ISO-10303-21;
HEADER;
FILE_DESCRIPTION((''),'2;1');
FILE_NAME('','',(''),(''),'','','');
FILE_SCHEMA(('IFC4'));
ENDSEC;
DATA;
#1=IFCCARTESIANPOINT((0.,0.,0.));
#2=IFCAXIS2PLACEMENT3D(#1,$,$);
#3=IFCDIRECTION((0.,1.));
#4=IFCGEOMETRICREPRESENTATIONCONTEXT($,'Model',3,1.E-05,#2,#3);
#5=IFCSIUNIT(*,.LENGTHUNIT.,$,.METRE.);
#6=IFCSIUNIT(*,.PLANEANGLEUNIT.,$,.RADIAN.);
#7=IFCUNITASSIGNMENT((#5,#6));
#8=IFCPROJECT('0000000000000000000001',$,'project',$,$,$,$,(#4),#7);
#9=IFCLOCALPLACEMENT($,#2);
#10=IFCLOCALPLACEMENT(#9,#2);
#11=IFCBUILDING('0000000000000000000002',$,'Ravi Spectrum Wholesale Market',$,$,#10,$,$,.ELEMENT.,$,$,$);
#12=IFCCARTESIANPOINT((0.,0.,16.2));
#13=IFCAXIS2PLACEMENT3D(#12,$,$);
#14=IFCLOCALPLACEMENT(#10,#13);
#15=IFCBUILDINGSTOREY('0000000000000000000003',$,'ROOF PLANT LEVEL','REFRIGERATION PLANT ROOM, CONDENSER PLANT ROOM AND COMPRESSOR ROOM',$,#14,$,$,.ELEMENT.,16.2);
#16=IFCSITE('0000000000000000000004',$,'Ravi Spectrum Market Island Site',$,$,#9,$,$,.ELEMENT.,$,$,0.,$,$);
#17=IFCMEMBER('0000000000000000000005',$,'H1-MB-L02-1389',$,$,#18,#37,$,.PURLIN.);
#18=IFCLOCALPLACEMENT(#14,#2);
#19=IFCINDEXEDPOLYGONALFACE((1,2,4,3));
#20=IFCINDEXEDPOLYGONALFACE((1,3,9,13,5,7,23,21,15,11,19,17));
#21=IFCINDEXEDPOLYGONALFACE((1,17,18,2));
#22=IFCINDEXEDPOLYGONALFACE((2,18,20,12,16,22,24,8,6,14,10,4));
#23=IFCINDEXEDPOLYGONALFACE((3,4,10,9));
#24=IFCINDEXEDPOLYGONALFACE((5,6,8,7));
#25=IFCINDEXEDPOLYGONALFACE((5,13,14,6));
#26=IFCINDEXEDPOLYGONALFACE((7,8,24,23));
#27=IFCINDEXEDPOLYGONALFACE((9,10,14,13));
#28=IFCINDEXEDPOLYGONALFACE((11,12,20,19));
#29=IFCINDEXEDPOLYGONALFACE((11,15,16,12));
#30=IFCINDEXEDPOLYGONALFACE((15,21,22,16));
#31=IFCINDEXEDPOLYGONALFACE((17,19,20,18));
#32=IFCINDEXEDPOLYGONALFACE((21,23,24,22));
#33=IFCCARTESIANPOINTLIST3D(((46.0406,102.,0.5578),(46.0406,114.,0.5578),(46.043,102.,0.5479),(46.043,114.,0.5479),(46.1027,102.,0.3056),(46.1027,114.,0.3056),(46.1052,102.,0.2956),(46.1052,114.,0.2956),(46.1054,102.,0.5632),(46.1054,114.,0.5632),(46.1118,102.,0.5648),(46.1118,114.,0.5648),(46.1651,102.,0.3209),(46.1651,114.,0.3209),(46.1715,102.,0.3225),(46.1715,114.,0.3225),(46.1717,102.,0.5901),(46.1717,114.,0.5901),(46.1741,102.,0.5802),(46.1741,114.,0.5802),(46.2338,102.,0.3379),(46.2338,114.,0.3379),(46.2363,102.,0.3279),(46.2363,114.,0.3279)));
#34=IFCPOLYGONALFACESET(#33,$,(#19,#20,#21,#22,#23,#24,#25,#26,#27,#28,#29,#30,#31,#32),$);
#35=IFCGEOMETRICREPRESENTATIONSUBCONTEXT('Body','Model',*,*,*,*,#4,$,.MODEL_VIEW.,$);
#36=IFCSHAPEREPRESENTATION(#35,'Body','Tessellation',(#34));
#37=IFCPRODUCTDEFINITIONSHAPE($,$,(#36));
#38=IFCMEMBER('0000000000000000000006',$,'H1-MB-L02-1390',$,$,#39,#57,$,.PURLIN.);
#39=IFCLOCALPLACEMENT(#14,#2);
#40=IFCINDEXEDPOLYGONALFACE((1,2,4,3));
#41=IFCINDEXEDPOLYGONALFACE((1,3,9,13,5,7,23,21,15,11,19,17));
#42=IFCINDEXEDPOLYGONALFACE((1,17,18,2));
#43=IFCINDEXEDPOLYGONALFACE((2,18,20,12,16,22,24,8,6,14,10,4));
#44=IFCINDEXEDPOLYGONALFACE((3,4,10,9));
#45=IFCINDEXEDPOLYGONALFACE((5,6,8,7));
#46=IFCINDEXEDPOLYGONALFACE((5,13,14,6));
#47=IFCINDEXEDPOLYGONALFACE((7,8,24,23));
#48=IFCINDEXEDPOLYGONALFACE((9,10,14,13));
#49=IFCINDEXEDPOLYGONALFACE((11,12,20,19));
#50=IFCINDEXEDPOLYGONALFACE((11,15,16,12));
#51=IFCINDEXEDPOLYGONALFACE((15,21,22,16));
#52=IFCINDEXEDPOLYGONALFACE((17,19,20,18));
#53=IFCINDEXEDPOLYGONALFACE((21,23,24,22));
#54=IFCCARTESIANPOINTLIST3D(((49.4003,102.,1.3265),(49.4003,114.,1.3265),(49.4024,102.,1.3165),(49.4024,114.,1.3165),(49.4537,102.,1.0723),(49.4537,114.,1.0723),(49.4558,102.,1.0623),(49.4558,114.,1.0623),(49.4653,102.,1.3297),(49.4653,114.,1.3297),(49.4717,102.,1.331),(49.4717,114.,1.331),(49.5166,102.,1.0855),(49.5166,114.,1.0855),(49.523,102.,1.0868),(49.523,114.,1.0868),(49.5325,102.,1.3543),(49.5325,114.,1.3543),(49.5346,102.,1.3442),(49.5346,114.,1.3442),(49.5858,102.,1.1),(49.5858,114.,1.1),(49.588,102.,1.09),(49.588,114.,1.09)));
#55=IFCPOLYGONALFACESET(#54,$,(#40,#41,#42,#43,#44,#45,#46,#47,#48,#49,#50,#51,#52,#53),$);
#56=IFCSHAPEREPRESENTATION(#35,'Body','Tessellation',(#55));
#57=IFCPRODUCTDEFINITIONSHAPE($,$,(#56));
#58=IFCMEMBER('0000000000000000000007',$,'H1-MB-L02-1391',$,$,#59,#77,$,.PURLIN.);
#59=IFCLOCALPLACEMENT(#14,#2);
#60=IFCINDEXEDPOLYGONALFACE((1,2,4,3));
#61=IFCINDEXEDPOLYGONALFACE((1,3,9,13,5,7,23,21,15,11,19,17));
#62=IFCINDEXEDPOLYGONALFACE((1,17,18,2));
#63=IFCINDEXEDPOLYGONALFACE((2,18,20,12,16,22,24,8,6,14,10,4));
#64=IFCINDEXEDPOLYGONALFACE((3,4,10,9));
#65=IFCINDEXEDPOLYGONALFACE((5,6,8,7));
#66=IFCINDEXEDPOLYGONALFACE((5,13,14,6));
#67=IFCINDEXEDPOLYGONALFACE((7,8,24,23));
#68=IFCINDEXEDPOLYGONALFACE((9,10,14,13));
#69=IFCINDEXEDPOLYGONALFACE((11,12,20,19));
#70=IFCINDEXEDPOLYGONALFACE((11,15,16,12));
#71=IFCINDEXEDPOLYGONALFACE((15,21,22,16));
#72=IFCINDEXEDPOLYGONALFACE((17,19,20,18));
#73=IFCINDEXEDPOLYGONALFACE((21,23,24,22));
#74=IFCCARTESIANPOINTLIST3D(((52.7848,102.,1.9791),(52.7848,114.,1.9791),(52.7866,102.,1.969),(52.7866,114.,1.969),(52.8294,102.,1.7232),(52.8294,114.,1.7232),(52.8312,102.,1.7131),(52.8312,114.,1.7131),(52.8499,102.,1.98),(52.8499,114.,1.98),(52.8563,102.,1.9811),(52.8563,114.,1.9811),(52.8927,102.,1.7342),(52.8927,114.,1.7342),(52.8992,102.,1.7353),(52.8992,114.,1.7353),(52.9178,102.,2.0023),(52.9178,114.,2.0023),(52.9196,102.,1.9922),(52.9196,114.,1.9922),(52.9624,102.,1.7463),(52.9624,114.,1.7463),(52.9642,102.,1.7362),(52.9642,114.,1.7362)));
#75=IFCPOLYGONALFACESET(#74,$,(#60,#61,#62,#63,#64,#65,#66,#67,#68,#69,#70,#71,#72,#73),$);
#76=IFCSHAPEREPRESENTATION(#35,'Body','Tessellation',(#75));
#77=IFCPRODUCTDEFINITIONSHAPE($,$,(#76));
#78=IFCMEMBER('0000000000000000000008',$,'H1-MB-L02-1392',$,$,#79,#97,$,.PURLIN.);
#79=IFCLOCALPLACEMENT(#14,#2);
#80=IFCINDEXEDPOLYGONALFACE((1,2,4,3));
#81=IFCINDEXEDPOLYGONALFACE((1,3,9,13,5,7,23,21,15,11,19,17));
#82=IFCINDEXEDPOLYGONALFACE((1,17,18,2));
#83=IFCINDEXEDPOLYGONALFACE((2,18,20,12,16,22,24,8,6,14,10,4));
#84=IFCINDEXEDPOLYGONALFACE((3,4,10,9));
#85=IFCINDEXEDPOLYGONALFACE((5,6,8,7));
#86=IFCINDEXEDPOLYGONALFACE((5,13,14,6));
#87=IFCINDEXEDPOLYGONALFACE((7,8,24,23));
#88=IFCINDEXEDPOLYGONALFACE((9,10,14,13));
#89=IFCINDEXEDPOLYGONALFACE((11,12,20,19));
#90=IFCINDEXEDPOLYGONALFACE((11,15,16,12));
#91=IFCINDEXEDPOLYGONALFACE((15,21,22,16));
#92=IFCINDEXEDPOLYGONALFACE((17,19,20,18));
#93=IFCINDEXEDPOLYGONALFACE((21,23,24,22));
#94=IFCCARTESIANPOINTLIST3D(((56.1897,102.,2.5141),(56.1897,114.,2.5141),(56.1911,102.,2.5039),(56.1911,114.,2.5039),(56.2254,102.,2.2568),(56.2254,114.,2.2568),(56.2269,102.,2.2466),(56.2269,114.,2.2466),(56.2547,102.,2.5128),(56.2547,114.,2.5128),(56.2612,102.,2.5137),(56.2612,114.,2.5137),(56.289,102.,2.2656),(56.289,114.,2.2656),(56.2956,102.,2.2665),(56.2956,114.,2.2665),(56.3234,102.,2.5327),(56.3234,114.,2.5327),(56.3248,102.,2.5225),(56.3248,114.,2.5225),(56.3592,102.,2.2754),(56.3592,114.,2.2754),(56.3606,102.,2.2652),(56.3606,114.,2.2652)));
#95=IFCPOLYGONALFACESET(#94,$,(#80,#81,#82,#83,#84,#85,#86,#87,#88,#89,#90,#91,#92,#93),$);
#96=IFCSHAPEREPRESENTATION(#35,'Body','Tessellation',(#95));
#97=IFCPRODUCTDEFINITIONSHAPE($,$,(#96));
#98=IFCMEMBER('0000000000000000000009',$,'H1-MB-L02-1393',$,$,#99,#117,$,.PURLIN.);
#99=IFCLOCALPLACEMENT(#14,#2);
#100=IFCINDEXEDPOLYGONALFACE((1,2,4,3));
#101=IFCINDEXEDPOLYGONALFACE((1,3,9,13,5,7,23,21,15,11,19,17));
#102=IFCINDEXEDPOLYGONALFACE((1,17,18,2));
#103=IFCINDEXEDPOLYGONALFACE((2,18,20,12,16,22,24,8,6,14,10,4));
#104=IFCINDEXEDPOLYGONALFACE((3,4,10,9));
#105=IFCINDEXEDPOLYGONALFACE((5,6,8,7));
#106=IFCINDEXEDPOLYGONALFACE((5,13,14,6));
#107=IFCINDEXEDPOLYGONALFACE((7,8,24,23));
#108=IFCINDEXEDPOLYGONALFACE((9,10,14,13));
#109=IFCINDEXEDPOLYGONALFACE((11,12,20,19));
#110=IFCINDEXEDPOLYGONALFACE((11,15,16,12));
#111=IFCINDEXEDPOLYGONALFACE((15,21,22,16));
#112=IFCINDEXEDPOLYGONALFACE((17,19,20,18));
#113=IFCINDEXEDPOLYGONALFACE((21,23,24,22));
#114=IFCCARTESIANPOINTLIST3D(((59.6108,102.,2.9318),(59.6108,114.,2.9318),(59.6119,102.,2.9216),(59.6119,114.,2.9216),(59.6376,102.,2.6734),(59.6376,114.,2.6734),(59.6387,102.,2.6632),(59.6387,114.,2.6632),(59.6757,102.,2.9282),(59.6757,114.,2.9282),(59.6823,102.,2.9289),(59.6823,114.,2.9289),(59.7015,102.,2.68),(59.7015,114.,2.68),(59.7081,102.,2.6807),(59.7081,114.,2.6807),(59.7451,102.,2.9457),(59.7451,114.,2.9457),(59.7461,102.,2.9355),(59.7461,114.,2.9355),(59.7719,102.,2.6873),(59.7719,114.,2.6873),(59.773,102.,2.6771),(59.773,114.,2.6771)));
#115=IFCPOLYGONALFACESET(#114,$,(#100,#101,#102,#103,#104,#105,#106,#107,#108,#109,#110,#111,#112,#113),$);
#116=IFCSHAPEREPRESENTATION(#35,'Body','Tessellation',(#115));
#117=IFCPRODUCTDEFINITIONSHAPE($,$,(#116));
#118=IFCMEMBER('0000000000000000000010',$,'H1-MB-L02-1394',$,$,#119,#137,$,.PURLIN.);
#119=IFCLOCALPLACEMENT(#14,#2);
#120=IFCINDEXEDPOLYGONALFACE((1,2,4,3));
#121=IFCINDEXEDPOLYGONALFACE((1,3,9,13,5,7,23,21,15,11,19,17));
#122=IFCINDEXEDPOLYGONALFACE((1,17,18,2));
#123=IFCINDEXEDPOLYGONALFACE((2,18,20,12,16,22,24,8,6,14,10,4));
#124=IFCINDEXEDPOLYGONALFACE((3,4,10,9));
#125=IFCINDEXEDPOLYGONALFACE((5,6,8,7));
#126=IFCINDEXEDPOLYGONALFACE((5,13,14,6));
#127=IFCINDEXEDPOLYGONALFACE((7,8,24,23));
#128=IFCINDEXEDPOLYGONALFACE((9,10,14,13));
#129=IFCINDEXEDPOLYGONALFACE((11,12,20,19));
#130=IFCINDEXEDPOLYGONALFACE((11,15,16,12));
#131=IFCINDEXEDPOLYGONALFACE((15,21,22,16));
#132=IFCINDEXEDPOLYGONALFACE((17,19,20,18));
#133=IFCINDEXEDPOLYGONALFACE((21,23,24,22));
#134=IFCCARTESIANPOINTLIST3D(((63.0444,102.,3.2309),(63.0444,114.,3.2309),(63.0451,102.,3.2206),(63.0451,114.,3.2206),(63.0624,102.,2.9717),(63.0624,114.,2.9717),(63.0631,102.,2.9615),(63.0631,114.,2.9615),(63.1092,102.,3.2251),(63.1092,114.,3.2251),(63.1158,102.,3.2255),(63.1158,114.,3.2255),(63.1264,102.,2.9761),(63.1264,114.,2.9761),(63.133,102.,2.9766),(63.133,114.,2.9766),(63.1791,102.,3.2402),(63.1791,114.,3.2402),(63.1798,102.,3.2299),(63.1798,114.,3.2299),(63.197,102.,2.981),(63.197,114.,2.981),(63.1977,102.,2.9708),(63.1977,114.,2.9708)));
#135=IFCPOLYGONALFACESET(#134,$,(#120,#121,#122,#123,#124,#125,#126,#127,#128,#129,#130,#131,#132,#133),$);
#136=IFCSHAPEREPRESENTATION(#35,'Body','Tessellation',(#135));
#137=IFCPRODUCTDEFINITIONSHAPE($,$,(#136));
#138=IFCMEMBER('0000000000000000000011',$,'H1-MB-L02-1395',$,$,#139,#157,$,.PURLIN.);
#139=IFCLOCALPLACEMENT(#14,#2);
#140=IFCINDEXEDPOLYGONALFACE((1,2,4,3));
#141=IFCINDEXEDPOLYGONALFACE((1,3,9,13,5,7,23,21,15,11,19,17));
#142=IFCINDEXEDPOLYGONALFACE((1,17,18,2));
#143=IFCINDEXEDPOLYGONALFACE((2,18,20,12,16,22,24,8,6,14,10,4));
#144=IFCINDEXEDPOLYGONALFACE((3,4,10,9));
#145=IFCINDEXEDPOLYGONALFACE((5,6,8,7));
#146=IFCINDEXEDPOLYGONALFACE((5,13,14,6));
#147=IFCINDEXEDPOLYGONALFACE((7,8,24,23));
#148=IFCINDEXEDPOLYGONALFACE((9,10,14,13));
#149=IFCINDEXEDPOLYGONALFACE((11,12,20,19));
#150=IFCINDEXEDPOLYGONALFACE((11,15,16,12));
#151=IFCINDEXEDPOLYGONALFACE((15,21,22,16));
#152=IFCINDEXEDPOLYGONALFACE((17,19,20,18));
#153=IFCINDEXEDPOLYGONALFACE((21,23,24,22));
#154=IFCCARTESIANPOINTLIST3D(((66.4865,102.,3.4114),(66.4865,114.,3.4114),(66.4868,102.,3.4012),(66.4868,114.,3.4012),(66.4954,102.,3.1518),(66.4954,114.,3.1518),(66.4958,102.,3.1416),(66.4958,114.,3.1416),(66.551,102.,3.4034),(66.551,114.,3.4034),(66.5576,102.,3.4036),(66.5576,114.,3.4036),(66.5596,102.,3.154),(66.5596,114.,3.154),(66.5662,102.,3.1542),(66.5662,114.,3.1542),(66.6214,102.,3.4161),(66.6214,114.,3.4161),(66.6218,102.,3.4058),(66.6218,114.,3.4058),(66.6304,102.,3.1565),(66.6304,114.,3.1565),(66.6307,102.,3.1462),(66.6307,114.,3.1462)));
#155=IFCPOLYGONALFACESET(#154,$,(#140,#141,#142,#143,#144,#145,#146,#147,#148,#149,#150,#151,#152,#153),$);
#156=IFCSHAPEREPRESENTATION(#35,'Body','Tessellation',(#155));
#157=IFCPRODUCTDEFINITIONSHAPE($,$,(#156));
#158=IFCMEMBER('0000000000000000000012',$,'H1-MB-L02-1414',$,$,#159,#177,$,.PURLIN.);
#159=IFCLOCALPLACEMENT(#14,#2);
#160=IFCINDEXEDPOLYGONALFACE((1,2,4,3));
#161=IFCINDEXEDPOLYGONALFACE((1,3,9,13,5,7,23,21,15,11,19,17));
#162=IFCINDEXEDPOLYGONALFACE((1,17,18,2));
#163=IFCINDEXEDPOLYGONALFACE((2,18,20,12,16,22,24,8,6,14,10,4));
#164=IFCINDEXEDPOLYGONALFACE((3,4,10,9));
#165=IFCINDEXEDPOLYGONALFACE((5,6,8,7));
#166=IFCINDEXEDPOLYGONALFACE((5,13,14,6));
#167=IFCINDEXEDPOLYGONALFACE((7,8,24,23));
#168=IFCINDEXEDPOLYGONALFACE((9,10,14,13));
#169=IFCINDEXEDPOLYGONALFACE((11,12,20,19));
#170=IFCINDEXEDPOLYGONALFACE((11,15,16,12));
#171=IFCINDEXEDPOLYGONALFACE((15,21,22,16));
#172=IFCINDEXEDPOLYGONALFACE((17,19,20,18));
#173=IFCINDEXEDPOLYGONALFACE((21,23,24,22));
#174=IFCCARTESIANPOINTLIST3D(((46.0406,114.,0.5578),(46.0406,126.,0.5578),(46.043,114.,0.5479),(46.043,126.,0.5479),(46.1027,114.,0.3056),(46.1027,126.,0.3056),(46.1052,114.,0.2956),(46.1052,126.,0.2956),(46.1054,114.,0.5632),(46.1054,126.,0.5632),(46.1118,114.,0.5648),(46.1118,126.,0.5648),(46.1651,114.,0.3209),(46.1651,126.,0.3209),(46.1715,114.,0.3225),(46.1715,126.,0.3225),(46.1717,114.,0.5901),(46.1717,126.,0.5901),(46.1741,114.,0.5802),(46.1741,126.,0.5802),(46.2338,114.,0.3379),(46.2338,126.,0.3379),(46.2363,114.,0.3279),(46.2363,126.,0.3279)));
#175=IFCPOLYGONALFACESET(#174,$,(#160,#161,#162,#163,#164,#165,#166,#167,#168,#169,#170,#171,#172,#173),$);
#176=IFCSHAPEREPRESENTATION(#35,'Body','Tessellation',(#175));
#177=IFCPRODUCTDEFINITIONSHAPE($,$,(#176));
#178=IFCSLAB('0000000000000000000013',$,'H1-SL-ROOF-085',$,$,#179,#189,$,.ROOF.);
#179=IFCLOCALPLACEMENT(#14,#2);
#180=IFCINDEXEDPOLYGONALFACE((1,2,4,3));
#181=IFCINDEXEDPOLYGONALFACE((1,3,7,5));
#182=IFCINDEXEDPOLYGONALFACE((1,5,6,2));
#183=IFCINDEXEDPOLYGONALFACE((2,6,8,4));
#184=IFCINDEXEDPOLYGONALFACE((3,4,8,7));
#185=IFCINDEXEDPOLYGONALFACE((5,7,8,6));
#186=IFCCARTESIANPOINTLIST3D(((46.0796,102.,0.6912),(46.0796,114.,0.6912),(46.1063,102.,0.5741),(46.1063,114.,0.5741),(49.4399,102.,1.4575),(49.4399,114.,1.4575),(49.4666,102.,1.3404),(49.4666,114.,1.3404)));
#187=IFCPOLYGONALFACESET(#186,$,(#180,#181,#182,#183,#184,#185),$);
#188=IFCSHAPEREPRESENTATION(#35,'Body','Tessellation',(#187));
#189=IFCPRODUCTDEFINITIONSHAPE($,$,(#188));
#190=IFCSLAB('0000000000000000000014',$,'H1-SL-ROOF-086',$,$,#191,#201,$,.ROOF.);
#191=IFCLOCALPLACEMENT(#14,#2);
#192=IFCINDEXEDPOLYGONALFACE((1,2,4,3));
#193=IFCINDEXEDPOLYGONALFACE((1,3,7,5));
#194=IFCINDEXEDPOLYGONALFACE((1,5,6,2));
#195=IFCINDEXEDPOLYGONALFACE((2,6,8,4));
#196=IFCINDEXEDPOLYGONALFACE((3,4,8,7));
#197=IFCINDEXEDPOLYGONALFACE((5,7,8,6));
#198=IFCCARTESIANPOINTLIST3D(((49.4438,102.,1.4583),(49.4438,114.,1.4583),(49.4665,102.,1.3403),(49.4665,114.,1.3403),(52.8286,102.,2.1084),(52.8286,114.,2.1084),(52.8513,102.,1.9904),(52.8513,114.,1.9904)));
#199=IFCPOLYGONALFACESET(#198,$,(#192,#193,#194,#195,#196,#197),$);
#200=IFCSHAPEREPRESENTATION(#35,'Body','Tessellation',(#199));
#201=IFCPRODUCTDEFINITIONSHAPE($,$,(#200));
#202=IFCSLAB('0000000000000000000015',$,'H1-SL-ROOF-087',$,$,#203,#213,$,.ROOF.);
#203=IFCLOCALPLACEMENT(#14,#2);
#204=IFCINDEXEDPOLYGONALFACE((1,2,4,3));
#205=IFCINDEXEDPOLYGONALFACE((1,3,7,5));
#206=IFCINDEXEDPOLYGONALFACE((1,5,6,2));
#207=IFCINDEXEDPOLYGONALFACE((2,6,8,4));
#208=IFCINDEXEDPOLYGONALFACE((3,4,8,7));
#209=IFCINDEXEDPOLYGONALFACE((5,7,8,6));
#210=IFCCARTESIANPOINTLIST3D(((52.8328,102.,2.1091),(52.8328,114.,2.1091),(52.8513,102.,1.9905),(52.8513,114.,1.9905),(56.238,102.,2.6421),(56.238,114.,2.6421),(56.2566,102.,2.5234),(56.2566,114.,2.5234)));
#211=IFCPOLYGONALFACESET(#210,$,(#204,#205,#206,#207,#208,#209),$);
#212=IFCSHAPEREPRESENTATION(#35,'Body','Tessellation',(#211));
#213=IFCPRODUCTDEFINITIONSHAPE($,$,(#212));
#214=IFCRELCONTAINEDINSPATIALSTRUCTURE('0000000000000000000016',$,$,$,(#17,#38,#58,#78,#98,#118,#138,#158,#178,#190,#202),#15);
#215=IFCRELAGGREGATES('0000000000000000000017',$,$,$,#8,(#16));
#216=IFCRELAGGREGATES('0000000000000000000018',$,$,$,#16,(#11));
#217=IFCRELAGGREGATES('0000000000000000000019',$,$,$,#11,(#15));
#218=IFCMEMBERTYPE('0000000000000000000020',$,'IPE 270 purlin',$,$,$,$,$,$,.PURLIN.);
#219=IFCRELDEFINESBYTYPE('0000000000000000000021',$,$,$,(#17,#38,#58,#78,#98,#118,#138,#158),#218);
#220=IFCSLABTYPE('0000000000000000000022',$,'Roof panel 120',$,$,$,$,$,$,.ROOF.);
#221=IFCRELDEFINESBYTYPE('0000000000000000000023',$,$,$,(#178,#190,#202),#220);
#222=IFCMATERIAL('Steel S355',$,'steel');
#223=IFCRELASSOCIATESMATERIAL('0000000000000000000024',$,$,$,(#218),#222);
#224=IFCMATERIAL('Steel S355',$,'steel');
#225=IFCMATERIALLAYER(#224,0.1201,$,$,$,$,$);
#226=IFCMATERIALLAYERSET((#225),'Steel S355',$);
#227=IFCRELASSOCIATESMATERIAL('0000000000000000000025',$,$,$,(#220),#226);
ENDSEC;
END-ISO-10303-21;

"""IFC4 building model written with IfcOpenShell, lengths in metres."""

from ifc_helpers import new_model, si_unit, direction, frame, origin, origin_2d, place, context, subcontext, project, spatial, polyline, i_section, outline, extrude, material, layer, layer_set, material_profile, profile_set, type_object, element, save


model = new_model("IFC4")

# Units and contexts
model_context = context("Model", 3, precision=1e-05, world=origin(), true_north=direction((0.0, 1.0)))
body_context = subcontext(model_context, "Body", "Model", "MODEL_VIEW")
ifc_project = project(units=[si_unit("LENGTHUNIT", "METRE"), si_unit("PLANEANGLEUNIT", "RADIAN")], contexts=[model_context])

# Site, building, storey
site_placement = place(None, origin())
site = spatial("IfcSite", under=ifc_project, at=site_placement, Name="Ravi Spectrum Market Island Site", CompositionType="ELEMENT", RefElevation=0.0)
building_placement = place(site_placement, origin())
building = spatial("IfcBuilding", under=site, at=building_placement, Name="Ravi Spectrum Wholesale Market", CompositionType="ELEMENT")
storey_placement = place(building_placement, frame((0.0, 0.0, 16.2)))
storey = spatial("IfcBuildingStorey", under=building, at=storey_placement, Name="ROOF PLANT LEVEL", Description="REFRIGERATION PLANT ROOM, CONDENSER PLANT ROOM AND COMPRESSOR ROOM", CompositionType="ELEMENT", Elevation=16.2)

# Members
ifc_material_1 = material(Name="Steel S355", Category="steel")
ifc_material_profile_1 = material_profile(ifc_material_1, i_section(OverallWidth=0.135, OverallDepth=0.27, WebThickness=0.0066, FlangeThickness=0.0103, at=origin_2d()))
ifc_profile_set_1 = profile_set([ifc_material_profile_1], Name="Steel S355")
member_type_1 = type_object("IfcMemberType", Name="IPE 270 purlin", PredefinedType="PURLIN", material=ifc_profile_set_1)
for number, where, z_axis, x_axis, name in (
    (1, (46.1384, 102.0, 0.4429), (0.0, 1.0, 0.0), (-0.970983, 0.0, -0.239151), "H1-MB-L02-1389"),
    (2, (49.4941, 102.0, 1.2083), (0.0, 1.0, 0.0), (-0.978653, 0.0, -0.205517), "H1-MB-L02-1390"),
    (3, (52.8745, 102.0, 1.8577), (0.0, 1.0, 0.0), (-0.98516, 0.0, -0.171639), "H1-MB-L02-1391"),
    (4, (56.2751, 102.0, 2.3896), (0.0, 1.0, 0.0), (-0.990494, 0.0, -0.137557), "H1-MB-L02-1392"),
    (5, (59.6919, 102.0, 2.8044), (0.0, 1.0, 0.0), (-0.994649, 0.0, -0.103311), "H1-MB-L02-1393"),
    (6, (63.1211, 102.0, 3.1008), (0.0, 1.0, 0.0), (-0.997621, 0.0, -0.068943), "H1-MB-L02-1394"),
    (7, (66.5586, 102.0, 3.2788), (0.0, 1.0, 0.0), (-0.999405, 0.0, -0.034492), "H1-MB-L02-1395"),
    (8, (46.1384, 114.0, 0.4429), (0.0, 1.0, 0.0), (-0.970983, 0.0, -0.239151), "H1-MB-L02-1414"),
):
    element("IfcMember", number, at=place(storey_placement, frame(where, z_axis=z_axis, x_axis=x_axis)), inside=storey, type_object=member_type_1, Name=name, PredefinedType="PURLIN", context=body_context, shape_type="SweptSolid", body=[
        extrude(i_section(OverallWidth=0.135, OverallDepth=0.27, WebThickness=0.0066, FlangeThickness=0.0103, at=origin_2d()), origin(), (0.0, 0.0, 1.0), 12.0),
    ])

# Slabs
ifc_material_2 = material(Name="Steel S355", Category="steel")
ifc_layer_1 = layer(ifc_material_2, 0.1201)
ifc_layer_set_1 = layer_set([ifc_layer_1], Name="Steel S355")
slab_type = type_object("IfcSlabType", Name="Roof panel 120", PredefinedType="ROOF", material=ifc_layer_set_1)
slab_1_placement = place(storey_placement, frame((46.0796, 102.0, 0.6912), z_axis=(-0.22235, 0.0, 0.974967), x_axis=(0.974967, 0.0, 0.22235)))
element("IfcSlab", 9, at=slab_1_placement, inside=storey, type_object=slab_type, Name="H1-SL-ROOF-085", PredefinedType="ROOF", context=body_context, shape_type="SweptSolid", body=[
    extrude(outline(polyline([(0.0, 0.0), (3.4466, 0.0), (3.4466, 12.0), (0.0, 12.0), (0.0, 0.0)])), origin(), (0.0, 0.0, -1.0), 0.1201),
])
slab_2_placement = place(storey_placement, frame((49.4438, 102.0, 1.4583), z_axis=(-0.188632, 0.0, 0.982048), x_axis=(0.982048, 0.0, 0.188632)))
element("IfcSlab", 10, at=slab_2_placement, inside=storey, type_object=slab_type, Name="H1-SL-ROOF-086", PredefinedType="ROOF", context=body_context, shape_type="SweptSolid", body=[
    extrude(outline(polyline([(0.0, 0.0), (3.4466, 0.0), (3.4466, 12.0), (0.0, 12.0), (0.0, 0.0)])), origin(), (0.0, 0.0, -1.0), 0.1201),
])
slab_3_placement = place(storey_placement, frame((52.8328, 102.0, 2.1091), z_axis=(-0.154628, 0.0, 0.987973), x_axis=(0.987973, 0.0, 0.154628)))
element("IfcSlab", 11, at=slab_3_placement, inside=storey, type_object=slab_type, Name="H1-SL-ROOF-087", PredefinedType="ROOF", context=body_context, shape_type="SweptSolid", body=[
    extrude(outline(polyline([(0.0, 0.0), (3.4467, 0.0), (3.4467, 12.0), (0.0, 12.0), (0.0, 0.0)])), origin(), (0.0, 0.0, -1.0), 0.1201),
])

save(model, "model.ifc")
